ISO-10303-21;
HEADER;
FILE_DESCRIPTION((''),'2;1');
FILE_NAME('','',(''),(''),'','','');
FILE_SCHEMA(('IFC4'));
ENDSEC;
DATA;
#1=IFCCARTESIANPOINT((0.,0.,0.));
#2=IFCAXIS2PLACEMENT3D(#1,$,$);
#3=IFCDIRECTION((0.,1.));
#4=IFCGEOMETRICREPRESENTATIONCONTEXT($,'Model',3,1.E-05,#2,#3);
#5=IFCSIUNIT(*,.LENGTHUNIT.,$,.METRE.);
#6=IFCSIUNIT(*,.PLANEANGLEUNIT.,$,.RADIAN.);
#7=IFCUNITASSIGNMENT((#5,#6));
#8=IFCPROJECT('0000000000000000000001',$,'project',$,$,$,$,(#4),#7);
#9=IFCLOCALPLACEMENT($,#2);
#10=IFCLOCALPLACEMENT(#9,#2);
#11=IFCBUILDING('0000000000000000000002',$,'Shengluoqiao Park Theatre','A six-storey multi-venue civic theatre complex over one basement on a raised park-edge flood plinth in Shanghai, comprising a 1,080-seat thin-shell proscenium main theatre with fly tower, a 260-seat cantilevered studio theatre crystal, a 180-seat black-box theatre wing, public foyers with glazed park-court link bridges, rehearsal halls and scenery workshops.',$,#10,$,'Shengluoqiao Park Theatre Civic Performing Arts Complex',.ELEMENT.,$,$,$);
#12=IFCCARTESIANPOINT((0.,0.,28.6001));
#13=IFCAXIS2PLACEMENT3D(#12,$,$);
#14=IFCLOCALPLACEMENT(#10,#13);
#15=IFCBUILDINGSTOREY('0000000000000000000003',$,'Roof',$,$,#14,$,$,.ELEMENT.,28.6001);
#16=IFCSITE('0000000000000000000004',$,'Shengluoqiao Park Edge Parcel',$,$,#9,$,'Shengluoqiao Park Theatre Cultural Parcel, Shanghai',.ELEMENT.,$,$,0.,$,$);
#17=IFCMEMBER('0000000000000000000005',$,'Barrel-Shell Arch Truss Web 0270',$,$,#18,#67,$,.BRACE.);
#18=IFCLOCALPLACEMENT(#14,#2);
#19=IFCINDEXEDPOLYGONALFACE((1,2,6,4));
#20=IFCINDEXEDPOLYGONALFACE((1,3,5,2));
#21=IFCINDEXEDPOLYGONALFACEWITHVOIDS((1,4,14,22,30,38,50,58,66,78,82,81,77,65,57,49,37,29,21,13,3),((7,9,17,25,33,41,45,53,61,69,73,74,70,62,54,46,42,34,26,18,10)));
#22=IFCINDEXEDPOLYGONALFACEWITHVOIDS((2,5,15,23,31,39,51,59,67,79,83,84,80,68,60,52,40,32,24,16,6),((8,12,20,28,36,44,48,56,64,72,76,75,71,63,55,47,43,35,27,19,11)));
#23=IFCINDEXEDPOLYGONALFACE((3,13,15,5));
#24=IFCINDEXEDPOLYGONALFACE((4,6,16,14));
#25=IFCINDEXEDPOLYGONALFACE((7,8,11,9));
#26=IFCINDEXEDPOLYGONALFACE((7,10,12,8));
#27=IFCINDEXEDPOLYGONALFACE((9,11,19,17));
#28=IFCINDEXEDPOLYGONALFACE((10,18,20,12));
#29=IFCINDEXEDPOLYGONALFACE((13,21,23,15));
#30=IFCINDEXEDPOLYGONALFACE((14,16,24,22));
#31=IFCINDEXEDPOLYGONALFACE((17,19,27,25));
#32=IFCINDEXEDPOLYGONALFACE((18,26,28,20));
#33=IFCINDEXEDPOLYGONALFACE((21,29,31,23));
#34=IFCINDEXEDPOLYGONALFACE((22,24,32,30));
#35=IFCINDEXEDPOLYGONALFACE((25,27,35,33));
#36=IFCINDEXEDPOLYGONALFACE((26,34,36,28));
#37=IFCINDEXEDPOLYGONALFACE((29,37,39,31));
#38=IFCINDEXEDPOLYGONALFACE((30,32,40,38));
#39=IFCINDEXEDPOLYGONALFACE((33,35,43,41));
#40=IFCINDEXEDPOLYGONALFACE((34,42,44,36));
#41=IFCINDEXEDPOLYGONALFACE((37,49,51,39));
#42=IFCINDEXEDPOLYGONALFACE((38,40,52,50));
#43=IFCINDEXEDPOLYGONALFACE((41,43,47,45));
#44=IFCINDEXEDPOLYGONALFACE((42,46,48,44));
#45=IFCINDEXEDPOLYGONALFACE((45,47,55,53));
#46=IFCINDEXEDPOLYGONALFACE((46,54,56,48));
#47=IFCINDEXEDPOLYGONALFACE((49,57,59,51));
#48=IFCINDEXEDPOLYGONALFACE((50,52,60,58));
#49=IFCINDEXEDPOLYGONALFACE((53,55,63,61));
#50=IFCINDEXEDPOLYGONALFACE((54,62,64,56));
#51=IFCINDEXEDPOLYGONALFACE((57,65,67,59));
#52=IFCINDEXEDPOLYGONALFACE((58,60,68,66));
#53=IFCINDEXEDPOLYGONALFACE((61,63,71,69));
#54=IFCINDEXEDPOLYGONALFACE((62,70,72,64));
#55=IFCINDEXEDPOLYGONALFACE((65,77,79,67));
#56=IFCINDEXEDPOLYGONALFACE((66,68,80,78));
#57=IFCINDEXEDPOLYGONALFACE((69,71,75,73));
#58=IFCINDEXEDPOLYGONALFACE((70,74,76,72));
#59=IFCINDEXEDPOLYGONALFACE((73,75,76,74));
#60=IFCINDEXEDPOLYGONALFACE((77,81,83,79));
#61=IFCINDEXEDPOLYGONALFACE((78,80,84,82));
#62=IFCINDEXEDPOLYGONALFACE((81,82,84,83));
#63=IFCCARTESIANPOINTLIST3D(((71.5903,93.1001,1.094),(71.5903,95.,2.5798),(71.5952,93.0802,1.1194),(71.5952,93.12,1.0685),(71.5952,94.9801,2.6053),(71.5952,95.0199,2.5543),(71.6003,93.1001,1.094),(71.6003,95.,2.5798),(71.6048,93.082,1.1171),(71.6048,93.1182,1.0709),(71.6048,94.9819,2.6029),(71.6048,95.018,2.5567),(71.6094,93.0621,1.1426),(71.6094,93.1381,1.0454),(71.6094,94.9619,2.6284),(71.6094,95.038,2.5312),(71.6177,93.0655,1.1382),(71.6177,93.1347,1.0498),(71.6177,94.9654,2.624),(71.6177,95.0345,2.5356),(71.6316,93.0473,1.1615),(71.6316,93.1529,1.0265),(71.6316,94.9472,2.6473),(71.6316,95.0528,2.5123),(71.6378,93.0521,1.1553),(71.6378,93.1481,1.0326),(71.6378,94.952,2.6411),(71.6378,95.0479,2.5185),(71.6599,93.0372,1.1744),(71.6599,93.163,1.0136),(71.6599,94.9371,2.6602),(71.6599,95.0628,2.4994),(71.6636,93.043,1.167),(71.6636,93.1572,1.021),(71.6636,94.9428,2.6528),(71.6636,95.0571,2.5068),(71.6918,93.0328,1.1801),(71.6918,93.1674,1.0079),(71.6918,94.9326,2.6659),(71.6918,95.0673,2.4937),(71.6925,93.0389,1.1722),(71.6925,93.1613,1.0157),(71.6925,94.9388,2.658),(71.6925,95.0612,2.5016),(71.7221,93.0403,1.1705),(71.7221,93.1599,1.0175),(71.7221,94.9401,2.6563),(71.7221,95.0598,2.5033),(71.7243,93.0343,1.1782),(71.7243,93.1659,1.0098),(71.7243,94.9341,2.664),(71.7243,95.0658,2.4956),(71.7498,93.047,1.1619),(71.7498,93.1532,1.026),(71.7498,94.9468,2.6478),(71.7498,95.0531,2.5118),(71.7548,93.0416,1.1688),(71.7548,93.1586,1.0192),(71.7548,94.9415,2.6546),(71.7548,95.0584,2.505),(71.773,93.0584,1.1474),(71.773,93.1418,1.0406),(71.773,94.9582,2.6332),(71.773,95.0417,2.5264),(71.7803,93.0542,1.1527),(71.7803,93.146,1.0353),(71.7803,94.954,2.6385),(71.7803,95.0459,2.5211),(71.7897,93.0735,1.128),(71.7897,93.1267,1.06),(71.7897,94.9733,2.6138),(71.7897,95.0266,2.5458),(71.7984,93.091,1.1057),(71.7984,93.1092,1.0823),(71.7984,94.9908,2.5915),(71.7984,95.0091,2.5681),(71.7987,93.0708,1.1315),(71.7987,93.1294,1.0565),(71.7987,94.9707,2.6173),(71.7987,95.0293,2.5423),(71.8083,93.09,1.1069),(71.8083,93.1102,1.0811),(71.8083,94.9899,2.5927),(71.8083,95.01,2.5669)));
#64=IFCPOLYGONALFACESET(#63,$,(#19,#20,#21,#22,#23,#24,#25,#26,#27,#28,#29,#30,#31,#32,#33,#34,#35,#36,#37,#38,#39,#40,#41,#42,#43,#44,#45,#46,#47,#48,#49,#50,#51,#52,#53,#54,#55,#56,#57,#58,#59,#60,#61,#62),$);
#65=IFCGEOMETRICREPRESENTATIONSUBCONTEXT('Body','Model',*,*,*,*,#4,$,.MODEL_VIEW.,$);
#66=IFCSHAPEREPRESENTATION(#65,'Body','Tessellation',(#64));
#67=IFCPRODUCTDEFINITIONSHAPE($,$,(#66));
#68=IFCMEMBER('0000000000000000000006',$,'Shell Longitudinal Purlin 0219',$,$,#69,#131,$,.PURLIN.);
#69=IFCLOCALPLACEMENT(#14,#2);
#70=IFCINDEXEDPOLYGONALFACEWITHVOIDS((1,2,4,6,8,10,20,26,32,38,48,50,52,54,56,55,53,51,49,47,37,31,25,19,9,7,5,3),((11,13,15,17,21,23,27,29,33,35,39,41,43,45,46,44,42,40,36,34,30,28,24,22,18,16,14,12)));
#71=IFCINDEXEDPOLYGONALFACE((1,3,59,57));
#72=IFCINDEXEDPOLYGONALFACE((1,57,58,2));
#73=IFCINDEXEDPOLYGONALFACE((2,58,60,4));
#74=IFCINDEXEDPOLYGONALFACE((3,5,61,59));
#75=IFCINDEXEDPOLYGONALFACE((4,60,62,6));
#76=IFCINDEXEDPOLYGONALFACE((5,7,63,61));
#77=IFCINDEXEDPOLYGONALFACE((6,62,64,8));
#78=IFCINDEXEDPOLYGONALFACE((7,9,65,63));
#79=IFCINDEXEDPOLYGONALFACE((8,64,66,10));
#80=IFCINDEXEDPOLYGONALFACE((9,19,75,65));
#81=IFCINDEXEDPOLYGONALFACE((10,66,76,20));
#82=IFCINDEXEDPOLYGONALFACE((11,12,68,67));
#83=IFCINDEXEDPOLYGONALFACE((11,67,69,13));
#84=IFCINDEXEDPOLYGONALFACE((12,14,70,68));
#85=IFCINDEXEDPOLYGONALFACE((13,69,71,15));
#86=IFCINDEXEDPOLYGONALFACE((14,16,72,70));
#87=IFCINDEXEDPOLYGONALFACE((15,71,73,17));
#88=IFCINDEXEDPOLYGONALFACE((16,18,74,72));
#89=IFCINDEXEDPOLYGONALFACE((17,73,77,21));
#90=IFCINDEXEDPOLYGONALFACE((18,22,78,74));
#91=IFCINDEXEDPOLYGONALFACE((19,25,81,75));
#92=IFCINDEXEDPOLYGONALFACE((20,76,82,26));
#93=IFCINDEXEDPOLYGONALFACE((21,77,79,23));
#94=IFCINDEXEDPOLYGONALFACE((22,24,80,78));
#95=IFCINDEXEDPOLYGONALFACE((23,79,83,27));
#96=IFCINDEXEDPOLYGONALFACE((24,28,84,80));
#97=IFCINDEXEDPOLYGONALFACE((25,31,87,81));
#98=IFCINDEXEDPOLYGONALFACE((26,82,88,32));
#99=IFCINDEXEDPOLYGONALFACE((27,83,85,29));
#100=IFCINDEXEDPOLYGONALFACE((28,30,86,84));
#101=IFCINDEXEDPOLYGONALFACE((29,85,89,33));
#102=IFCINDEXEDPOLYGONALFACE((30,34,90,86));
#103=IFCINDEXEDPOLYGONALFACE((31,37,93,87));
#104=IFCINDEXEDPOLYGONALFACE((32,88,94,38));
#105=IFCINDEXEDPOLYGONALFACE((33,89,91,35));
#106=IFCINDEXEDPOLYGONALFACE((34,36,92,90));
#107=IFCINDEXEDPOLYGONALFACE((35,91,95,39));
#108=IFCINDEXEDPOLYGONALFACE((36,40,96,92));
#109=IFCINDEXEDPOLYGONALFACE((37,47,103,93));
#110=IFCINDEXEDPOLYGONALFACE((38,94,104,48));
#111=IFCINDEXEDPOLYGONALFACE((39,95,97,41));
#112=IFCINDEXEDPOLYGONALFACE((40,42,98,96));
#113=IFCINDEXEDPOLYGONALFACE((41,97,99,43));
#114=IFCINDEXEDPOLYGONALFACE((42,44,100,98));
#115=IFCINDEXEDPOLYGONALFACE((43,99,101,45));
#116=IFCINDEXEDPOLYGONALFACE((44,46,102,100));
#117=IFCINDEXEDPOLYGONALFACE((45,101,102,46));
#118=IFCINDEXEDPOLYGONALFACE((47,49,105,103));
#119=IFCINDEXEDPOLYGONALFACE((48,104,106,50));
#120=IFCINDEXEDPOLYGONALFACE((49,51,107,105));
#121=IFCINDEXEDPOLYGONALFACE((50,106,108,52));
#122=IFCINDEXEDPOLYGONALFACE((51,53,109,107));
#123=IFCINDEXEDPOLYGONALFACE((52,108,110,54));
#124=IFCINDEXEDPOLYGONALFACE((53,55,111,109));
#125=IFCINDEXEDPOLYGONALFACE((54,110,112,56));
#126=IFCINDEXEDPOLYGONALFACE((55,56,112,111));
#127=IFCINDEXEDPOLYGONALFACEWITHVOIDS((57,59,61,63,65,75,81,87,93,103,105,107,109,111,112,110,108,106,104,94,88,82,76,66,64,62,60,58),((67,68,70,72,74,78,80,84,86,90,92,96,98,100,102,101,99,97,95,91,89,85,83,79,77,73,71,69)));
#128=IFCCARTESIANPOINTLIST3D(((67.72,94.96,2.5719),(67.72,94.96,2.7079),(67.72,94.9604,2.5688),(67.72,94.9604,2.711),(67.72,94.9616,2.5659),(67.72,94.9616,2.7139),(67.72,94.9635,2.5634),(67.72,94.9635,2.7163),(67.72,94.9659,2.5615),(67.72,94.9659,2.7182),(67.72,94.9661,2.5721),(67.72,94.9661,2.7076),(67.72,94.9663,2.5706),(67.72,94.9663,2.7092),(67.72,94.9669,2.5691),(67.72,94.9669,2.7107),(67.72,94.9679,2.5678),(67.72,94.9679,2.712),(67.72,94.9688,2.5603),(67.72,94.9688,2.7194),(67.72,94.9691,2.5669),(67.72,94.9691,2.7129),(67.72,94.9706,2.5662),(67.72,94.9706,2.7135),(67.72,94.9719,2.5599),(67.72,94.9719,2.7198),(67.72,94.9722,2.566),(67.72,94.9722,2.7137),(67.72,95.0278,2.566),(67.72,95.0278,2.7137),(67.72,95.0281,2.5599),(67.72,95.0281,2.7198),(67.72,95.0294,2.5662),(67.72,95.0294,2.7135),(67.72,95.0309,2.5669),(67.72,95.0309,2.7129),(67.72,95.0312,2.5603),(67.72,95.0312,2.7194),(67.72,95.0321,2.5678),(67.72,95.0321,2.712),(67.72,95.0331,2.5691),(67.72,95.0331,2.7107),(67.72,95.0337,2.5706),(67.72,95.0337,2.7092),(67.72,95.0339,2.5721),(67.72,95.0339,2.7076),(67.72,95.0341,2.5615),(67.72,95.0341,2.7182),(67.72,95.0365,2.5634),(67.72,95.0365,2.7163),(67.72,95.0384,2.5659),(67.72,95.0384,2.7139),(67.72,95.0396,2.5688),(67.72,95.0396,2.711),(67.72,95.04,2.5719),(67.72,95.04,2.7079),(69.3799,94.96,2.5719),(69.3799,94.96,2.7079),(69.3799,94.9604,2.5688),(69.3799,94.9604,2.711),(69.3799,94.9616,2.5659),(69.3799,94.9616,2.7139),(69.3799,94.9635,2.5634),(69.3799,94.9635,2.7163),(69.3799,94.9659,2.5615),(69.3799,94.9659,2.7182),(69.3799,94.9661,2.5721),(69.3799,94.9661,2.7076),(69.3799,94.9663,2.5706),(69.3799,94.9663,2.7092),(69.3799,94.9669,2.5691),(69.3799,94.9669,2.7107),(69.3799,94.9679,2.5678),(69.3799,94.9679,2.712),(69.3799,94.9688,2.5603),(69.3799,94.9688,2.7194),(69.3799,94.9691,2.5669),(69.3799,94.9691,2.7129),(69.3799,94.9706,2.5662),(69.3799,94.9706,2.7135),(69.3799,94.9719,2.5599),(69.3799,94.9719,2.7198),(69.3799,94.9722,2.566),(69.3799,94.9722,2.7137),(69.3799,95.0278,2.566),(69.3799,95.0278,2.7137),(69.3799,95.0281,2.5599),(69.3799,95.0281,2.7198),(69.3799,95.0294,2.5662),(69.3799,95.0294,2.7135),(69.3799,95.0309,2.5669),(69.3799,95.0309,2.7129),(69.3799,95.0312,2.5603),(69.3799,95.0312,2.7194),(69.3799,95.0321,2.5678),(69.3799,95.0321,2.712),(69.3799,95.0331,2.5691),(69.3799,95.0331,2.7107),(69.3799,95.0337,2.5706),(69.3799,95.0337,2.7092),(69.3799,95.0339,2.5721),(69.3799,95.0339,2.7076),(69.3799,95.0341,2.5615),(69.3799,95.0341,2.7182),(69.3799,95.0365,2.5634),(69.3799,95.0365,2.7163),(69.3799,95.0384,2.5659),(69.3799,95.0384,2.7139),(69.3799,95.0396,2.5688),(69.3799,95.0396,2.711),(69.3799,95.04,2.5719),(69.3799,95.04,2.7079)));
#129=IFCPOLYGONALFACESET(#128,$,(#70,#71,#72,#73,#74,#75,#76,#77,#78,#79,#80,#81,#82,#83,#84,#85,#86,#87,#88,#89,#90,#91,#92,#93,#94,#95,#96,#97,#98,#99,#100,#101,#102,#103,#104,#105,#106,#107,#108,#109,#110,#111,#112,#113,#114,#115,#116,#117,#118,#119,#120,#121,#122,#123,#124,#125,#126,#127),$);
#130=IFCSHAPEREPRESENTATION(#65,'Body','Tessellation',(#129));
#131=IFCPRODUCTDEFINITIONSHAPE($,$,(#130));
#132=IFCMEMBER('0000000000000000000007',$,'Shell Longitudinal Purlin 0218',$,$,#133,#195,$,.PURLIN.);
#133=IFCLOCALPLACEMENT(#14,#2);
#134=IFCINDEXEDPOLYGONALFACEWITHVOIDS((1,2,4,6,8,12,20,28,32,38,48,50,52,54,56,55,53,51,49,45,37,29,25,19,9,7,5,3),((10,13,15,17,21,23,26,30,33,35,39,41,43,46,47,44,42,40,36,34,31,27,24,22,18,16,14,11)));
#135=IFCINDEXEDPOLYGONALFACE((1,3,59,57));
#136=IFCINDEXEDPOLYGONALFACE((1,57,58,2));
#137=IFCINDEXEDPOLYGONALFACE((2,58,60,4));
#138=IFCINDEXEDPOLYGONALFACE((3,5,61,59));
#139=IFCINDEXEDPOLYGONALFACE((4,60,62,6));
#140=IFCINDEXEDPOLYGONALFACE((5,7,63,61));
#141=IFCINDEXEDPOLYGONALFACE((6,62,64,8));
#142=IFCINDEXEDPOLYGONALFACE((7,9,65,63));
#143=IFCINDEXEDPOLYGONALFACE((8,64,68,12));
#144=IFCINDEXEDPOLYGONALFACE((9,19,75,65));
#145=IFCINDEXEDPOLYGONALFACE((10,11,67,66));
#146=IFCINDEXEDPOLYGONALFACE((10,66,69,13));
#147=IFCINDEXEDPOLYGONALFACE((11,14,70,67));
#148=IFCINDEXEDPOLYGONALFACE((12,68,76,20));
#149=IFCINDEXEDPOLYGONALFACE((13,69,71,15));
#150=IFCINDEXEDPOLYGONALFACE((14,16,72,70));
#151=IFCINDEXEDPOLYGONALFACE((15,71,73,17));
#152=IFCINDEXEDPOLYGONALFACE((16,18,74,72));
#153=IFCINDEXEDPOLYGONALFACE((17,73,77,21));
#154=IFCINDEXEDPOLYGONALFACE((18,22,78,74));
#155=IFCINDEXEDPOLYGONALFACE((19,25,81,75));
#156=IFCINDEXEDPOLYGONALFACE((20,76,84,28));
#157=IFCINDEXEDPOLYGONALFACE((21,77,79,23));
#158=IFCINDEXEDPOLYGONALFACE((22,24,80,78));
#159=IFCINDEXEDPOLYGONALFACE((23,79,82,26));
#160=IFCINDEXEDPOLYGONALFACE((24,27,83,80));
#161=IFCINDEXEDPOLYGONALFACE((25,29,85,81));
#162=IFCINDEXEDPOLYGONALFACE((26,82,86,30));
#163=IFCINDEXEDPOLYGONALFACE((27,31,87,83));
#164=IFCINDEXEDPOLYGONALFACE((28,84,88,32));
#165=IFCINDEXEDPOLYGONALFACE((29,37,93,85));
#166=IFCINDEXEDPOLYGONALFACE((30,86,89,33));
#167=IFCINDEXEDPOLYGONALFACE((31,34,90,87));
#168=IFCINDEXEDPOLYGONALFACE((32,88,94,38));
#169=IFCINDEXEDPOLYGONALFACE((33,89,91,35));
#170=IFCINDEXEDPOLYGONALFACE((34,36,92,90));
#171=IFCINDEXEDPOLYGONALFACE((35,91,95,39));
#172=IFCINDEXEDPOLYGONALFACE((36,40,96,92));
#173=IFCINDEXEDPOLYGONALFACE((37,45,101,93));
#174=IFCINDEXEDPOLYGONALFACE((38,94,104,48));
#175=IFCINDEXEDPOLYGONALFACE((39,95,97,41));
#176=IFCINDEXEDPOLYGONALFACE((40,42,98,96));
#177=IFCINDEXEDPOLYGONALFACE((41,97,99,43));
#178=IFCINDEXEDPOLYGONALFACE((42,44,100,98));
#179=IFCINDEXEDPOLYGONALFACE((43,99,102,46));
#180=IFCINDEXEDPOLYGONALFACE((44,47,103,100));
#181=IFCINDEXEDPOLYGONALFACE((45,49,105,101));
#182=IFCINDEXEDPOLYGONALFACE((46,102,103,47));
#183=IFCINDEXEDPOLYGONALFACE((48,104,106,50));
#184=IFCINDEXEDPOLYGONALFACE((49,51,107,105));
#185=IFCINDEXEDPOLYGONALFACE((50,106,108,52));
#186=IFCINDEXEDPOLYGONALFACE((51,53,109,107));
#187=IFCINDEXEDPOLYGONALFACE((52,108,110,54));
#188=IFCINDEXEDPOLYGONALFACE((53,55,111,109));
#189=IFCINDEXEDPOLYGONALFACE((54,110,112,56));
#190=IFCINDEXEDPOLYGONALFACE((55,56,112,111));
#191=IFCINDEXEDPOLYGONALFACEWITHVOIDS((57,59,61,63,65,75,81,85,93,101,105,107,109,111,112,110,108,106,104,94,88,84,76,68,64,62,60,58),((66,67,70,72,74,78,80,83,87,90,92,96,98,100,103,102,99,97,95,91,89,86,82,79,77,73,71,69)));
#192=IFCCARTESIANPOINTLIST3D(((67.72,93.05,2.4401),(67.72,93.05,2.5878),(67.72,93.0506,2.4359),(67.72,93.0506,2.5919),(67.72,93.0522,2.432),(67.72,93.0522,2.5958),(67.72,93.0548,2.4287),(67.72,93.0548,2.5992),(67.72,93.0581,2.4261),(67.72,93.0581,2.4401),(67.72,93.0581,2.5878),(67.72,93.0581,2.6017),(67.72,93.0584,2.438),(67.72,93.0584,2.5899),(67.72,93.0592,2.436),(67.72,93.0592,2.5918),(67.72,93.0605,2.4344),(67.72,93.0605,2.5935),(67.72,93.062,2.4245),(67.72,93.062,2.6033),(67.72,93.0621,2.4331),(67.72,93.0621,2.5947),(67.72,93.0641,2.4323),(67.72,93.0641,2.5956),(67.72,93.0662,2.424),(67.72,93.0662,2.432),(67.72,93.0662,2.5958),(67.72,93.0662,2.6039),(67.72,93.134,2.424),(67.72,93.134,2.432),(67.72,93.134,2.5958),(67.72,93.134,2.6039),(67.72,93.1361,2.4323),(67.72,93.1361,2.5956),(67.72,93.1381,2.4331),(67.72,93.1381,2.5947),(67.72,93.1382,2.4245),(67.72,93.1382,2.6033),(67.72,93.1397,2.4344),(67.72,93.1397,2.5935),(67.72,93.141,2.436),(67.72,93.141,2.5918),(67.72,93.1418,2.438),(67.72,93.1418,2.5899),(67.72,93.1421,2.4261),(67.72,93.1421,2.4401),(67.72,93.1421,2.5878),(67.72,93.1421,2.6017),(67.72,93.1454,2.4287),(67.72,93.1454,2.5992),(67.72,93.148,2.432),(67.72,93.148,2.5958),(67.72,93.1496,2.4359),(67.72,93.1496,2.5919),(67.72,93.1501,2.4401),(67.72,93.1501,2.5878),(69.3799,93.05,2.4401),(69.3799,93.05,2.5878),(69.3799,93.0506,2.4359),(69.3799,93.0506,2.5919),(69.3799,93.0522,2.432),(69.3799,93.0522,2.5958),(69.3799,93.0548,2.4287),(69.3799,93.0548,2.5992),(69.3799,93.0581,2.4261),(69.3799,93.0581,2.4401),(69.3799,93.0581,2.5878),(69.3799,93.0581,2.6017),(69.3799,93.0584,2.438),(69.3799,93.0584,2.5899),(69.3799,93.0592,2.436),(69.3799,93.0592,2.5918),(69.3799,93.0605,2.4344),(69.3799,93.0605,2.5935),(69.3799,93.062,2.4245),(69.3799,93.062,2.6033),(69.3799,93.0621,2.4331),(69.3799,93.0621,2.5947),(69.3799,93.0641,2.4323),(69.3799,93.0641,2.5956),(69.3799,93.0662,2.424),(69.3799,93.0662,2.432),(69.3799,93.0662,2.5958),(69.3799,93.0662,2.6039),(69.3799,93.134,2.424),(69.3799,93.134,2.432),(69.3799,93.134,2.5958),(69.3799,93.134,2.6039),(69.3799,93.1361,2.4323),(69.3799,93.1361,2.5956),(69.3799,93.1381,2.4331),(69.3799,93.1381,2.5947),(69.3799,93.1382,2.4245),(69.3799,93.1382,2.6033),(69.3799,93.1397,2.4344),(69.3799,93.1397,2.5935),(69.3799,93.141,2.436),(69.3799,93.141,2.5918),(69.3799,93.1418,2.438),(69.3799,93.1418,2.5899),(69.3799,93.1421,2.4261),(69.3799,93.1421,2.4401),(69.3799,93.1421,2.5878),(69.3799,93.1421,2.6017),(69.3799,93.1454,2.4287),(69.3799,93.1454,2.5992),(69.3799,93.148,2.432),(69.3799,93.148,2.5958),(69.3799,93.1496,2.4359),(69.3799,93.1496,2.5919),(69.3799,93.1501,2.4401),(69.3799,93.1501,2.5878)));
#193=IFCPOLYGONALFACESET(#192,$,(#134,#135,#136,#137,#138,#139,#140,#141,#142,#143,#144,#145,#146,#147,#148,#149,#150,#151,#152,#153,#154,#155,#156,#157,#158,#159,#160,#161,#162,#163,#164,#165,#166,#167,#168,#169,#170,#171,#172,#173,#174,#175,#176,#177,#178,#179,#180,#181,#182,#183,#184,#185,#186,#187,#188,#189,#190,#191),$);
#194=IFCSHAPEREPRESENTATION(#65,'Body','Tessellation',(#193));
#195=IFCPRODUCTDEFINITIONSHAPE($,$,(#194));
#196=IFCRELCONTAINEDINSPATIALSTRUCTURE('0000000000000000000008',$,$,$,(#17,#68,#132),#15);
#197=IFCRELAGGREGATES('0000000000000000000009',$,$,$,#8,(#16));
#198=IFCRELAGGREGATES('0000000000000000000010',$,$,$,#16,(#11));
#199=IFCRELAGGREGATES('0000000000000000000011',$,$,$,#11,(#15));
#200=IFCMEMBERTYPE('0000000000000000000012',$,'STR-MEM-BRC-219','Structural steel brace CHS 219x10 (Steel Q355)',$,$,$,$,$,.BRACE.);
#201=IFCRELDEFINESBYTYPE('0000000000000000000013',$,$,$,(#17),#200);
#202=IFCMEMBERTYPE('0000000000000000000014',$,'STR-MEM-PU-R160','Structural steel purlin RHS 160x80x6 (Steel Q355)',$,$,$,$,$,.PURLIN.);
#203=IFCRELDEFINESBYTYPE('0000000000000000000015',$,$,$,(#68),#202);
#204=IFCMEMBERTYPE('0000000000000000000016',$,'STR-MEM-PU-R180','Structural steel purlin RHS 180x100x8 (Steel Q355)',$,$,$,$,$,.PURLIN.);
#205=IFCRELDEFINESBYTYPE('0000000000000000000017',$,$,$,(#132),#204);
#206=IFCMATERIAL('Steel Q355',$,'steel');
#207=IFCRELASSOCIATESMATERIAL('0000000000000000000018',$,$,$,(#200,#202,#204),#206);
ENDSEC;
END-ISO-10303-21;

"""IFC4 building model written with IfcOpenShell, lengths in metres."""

from ifc_helpers import new_model, si_unit, direction, frame, origin, origin_2d, place, context, subcontext, project, spatial, hollow_rectangle, hollow_circle, extrude, material, material_profile, profile_set, type_object, element, save


model = new_model("IFC4")

# Units and contexts
model_context = context("Model", 3, precision=1e-05, world=origin(), true_north=direction((0.0, 1.0)))
body_context = subcontext(model_context, "Body", "Model", "MODEL_VIEW")
ifc_project = project(units=[si_unit("LENGTHUNIT", "METRE"), si_unit("PLANEANGLEUNIT", "RADIAN")], contexts=[model_context])

# Site, building, storey
site_placement = place(None, origin())
site = spatial("IfcSite", under=ifc_project, at=site_placement, Name="Shengluoqiao Park Edge Parcel", LongName="Shengluoqiao Park Theatre Cultural Parcel, Shanghai", CompositionType="ELEMENT", RefElevation=0.0)
building_placement = place(site_placement, origin())
building = spatial("IfcBuilding", under=site, at=building_placement, Name="Shengluoqiao Park Theatre", Description="A six-storey multi-venue civic theatre complex over one basement on a raised park-edge flood plinth in Shanghai, comprising a 1,080-seat thin-shell proscenium main theatre with fly tower, a 260-seat cantilevered studio theatre crystal, a 180-seat black-box theatre wing, public foyers with glazed park-court link bridges, rehearsal halls and scenery workshops.", LongName="Shengluoqiao Park Theatre Civic Performing Arts Complex", CompositionType="ELEMENT")
storey_placement = place(building_placement, frame((0.0, 0.0, 28.6001)))
storey = spatial("IfcBuildingStorey", under=building, at=storey_placement, Name="Roof", CompositionType="ELEMENT", Elevation=28.6001)

# Shared definitions
ifc_material_1 = material(Name="Steel Q355", Category="steel")

# Members
ifc_material_profile_1 = material_profile(ifc_material_1, hollow_circle(Radius=0.1096, WallThickness=0.01, at=origin_2d()), Name="CHS 219x10")
ifc_profile_set_1 = profile_set([ifc_material_profile_1], Name="Steel Q355")
member_type_1 = type_object("IfcMemberType", Name="STR-MEM-BRC-219", Description="Structural steel brace CHS 219x10 (Steel Q355)", PredefinedType="BRACE", material=ifc_profile_set_1)
member_1_placement = place(storey_placement, frame((71.7, 93.1001, 1.094), z_axis=(0.0, 0.787714, 0.616041), x_axis=(-1.0, 0.0, 0.0)))
element("IfcMember", 1, at=member_1_placement, inside=storey, type_object=member_type_1, Name="Barrel-Shell Arch Truss Web 0270", PredefinedType="BRACE", context=body_context, shape_type="SweptSolid", body=[
    extrude(hollow_circle(Radius=0.1096, WallThickness=0.01, at=origin_2d()), origin(), (0.0, 0.0, 1.0), 2.4119),
])
ifc_material_profile_2 = material_profile(ifc_material_1, hollow_rectangle(XDim=0.0801, YDim=0.1599, WallThickness=0.0061, InnerFilletRadius=0.0061, OuterFilletRadius=0.012, at=origin_2d()), Name="RHS 160x80x6")
ifc_profile_set_2 = profile_set([ifc_material_profile_2], Name="Steel Q355")
member_type_2 = type_object("IfcMemberType", Name="STR-MEM-PU-R160", Description="Structural steel purlin RHS 160x80x6 (Steel Q355)", PredefinedType="PURLIN", material=ifc_profile_set_2)
member_2_placement = place(storey_placement, frame((67.72, 95.0, 2.6399), z_axis=(1.0, 0.0, 0.0), x_axis=(0.0, 1.0, 0.0)))
element("IfcMember", 2, at=member_2_placement, inside=storey, type_object=member_type_2, Name="Shell Longitudinal Purlin 0219", PredefinedType="PURLIN", context=body_context, shape_type="SweptSolid", body=[
    extrude(hollow_rectangle(XDim=0.0801, YDim=0.1599, WallThickness=0.0061, InnerFilletRadius=0.0061, OuterFilletRadius=0.012, at=origin_2d()), origin(), (0.0, 0.0, 1.0), 1.6599),
])
ifc_material_profile_3 = material_profile(ifc_material_1, hollow_rectangle(XDim=0.1001, YDim=0.1799, WallThickness=0.0081, InnerFilletRadius=0.0081, OuterFilletRadius=0.0161, at=origin_2d()), Name="RHS 180x100x8")
ifc_profile_set_3 = profile_set([ifc_material_profile_3], Name="Steel Q355")
member_type_3 = type_object("IfcMemberType", Name="STR-MEM-PU-R180", Description="Structural steel purlin RHS 180x100x8 (Steel Q355)", PredefinedType="PURLIN", material=ifc_profile_set_3)
for number, where, z_axis, x_axis, name in (
    (3, (67.72, 93.1001, 2.5139), (1.0, 0.0, 0.0), (0.0, 1.0, 0.0), "Shell Longitudinal Purlin 0218"),
):
    element("IfcMember", number, at=place(storey_placement, frame(where, z_axis=z_axis, x_axis=x_axis)), inside=storey, type_object=member_type_3, Name=name, PredefinedType="PURLIN", context=body_context, shape_type="SweptSolid", body=[
        extrude(hollow_rectangle(XDim=0.1001, YDim=0.1799, WallThickness=0.0081, InnerFilletRadius=0.0081, OuterFilletRadius=0.0161, at=origin_2d()), origin(), (0.0, 0.0, 1.0), 1.6599),
    ])

save(model, "model.ifc")
